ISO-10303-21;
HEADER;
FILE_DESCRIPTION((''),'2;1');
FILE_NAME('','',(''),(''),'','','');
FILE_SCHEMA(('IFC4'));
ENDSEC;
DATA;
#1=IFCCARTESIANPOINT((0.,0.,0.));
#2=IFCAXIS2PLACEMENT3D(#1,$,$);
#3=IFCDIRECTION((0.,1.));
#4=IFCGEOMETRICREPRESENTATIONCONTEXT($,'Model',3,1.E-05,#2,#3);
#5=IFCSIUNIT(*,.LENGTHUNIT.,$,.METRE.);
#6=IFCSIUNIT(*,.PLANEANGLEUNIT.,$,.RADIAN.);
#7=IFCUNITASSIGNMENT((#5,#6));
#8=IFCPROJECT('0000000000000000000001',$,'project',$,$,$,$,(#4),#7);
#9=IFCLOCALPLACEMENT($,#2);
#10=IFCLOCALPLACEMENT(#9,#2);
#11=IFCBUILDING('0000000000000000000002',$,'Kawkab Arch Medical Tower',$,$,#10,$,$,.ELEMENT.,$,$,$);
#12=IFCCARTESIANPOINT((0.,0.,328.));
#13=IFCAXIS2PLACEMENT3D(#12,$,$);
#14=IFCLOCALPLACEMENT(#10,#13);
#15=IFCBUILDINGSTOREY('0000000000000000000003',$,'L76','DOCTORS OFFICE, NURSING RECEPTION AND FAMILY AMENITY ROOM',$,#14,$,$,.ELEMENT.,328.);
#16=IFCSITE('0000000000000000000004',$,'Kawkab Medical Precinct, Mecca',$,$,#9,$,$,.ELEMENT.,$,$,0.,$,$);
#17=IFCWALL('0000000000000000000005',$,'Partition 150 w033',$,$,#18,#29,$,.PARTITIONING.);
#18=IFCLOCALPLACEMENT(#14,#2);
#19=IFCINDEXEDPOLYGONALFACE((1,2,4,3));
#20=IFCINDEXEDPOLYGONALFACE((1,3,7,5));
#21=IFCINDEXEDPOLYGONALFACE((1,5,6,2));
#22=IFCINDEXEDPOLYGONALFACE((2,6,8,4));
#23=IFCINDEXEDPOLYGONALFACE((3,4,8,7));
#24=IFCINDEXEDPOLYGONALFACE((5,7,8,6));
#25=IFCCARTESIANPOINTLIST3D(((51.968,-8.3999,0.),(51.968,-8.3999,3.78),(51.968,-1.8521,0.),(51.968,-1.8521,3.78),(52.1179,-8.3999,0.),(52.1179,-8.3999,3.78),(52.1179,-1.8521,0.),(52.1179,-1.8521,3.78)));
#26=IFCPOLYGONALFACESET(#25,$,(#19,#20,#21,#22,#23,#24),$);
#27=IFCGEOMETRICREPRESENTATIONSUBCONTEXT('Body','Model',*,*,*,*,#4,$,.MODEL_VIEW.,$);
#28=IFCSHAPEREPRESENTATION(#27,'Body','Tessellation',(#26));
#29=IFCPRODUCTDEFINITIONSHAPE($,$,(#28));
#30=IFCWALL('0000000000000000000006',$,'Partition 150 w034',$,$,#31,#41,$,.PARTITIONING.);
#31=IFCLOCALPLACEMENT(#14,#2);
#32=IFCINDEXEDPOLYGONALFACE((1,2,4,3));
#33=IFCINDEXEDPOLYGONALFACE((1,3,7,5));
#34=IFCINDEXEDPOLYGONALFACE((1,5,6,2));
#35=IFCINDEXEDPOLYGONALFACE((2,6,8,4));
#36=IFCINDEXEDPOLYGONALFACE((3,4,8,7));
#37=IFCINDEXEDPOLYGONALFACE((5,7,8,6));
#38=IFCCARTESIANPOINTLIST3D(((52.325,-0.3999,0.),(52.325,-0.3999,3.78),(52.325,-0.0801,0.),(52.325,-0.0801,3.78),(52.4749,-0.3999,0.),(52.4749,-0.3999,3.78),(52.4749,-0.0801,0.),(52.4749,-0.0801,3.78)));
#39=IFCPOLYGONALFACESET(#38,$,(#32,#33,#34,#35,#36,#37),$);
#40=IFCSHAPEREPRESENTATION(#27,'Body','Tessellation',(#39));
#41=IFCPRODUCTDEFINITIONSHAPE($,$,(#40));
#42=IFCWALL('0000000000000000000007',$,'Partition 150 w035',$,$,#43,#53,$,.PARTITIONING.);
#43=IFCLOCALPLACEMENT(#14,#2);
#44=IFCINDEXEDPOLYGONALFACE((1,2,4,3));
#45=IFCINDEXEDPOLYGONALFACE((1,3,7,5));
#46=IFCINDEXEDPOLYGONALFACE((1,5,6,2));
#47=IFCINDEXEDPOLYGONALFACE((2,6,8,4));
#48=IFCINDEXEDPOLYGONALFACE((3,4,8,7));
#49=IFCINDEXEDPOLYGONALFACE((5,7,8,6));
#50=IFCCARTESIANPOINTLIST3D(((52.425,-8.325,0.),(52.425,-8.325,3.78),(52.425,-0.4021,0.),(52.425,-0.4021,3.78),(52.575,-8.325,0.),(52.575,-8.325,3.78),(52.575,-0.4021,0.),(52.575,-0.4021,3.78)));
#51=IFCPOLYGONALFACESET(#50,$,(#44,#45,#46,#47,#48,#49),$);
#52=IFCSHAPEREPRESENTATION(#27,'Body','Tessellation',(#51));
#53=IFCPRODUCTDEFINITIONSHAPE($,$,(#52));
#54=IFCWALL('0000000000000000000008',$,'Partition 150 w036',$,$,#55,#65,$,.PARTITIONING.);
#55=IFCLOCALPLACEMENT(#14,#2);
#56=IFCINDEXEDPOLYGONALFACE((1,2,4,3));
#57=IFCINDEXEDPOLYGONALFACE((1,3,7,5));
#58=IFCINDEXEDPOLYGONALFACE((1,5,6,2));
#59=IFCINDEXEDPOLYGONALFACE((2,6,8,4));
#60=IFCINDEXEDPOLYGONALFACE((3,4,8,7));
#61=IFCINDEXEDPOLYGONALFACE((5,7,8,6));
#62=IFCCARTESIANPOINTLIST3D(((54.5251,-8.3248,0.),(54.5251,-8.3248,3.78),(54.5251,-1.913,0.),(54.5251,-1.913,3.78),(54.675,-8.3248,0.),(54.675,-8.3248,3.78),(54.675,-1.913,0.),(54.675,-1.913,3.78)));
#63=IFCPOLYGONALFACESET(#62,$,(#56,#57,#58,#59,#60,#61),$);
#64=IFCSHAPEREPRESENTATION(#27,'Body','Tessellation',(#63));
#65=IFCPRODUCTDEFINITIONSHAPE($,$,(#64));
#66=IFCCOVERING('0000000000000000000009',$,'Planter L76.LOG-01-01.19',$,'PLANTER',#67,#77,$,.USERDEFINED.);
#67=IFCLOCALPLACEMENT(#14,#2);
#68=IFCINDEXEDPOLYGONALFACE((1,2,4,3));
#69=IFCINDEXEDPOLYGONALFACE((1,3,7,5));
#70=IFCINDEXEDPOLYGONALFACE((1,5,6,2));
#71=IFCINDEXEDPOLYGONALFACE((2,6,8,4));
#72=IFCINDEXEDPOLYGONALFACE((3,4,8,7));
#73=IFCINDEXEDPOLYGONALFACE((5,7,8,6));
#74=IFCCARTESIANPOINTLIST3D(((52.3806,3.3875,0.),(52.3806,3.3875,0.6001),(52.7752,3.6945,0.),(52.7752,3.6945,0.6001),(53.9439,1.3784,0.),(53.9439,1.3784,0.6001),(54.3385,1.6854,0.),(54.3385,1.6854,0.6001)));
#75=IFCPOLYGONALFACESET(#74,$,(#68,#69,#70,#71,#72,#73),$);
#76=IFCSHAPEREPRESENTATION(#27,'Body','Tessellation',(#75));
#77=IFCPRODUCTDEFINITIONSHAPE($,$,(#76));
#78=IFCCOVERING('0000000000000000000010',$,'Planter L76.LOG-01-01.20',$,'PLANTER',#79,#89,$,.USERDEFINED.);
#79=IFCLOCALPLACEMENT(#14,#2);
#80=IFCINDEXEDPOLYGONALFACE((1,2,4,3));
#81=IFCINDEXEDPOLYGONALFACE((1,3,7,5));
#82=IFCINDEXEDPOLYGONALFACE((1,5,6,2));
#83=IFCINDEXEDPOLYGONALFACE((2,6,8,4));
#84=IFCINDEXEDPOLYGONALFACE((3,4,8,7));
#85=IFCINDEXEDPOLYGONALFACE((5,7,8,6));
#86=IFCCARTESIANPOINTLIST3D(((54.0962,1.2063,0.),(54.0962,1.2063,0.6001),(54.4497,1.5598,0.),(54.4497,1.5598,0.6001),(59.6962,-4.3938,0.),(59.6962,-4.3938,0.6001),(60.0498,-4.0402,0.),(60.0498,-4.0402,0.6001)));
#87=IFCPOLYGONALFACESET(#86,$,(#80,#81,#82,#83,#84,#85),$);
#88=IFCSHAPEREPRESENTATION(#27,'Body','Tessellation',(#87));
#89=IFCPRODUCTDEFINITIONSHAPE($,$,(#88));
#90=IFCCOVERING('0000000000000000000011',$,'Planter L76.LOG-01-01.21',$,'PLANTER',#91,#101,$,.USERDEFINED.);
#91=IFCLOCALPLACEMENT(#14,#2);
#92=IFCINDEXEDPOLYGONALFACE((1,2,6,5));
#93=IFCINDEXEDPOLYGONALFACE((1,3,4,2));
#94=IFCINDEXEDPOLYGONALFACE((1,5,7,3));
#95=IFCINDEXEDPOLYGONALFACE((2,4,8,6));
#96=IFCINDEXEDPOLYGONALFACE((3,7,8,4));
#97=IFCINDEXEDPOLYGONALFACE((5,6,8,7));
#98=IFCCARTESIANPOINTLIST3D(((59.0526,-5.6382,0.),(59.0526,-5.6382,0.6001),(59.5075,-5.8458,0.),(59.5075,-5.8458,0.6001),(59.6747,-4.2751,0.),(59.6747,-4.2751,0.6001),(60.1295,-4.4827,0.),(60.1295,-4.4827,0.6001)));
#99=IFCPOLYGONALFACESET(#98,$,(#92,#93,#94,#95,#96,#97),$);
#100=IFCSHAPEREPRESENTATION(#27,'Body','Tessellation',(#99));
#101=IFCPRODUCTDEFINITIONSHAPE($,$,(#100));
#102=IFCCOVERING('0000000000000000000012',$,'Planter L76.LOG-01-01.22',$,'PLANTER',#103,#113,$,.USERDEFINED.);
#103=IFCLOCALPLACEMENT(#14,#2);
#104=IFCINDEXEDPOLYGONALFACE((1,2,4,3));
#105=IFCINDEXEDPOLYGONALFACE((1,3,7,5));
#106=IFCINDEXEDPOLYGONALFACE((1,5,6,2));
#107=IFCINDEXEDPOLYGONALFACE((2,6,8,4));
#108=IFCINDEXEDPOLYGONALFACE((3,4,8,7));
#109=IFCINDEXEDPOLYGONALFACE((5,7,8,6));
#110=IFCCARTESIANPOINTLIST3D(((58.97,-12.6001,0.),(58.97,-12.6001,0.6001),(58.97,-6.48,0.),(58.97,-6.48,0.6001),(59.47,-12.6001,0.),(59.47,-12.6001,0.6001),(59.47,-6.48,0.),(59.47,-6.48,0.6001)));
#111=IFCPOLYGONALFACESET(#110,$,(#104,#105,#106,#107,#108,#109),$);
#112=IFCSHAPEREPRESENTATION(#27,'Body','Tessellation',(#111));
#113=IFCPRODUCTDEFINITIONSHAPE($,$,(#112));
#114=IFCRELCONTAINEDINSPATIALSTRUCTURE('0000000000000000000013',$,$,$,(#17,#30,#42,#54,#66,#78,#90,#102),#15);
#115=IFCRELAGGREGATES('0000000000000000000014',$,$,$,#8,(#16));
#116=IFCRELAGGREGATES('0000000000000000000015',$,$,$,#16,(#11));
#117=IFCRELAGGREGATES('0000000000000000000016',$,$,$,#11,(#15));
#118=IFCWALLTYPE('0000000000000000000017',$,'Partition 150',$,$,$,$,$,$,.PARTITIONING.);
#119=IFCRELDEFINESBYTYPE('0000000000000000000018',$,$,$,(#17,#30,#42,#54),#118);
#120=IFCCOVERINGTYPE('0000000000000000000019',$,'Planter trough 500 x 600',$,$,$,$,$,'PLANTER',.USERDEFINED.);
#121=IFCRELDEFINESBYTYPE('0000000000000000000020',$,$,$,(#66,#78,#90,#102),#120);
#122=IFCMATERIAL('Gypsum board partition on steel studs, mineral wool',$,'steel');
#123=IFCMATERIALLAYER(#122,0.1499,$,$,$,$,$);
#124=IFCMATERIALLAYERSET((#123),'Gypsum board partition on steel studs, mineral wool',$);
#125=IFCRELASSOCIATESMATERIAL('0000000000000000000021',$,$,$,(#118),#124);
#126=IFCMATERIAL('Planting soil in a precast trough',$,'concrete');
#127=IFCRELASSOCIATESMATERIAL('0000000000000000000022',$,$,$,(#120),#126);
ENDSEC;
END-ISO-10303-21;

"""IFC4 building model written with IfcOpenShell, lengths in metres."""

from ifc_helpers import new_model, si_unit, direction, frame, frame_2d, origin, origin_2d, place, context, subcontext, project, spatial, rectangle, extrude, material, layer, layer_set, material_profile, profile_set, type_object, element, save


model = new_model("IFC4")

# Units and contexts
model_context = context("Model", 3, precision=1e-05, world=origin(), true_north=direction((0.0, 1.0)))
body_context = subcontext(model_context, "Body", "Model", "MODEL_VIEW")
ifc_project = project(units=[si_unit("LENGTHUNIT", "METRE"), si_unit("PLANEANGLEUNIT", "RADIAN")], contexts=[model_context])

# Site, building, storey
site_placement = place(None, origin())
site = spatial("IfcSite", under=ifc_project, at=site_placement, Name="Kawkab Medical Precinct, Mecca", CompositionType="ELEMENT", RefElevation=0.0)
building_placement = place(site_placement, origin())
building = spatial("IfcBuilding", under=site, at=building_placement, Name="Kawkab Arch Medical Tower", CompositionType="ELEMENT")
storey_placement = place(building_placement, frame((0.0, 0.0, 328.0)))
storey = spatial("IfcBuildingStorey", under=building, at=storey_placement, Name="L76", Description="DOCTORS OFFICE, NURSING RECEPTION AND FAMILY AMENITY ROOM", CompositionType="ELEMENT", Elevation=328.0)

# Shared definitions
ifc_material_1 = material(Name="Gypsum board partition on steel studs, mineral wool", Category="steel")
ifc_layer_1 = layer(ifc_material_1, 0.1499)
ifc_layer_set_1 = layer_set([ifc_layer_1], Name="Gypsum board partition on steel studs, mineral wool")
wall_type = type_object("IfcWallType", Name="Partition 150", PredefinedType="PARTITIONING", material=ifc_layer_set_1)

# Walls
wall_1_placement = place(storey_placement, frame((52.043, -8.3999, 0.0), z_axis=(0.0, 0.0, 1.0), x_axis=(0.0, 1.0, 0.0)))
element("IfcWall", 1, at=wall_1_placement, inside=storey, type_object=wall_type, Name="Partition 150 w033", PredefinedType="PARTITIONING", context=body_context, shape_type="SweptSolid", body=[
    extrude(rectangle(XDim=6.5479, YDim=0.1499, at=frame_2d((3.2739, 0.0))), origin(), (0.0, 0.0, 1.0), 3.78),
])
wall_2_placement = place(storey_placement, frame((52.3999, -0.3999, 0.0), z_axis=(0.0, 0.0, 1.0), x_axis=(0.0, 1.0, 0.0)))
element("IfcWall", 2, at=wall_2_placement, inside=storey, type_object=wall_type, Name="Partition 150 w034", PredefinedType="PARTITIONING", context=body_context, shape_type="SweptSolid", body=[
    extrude(rectangle(XDim=0.3198, YDim=0.1499, at=frame_2d((0.1599, 0.0))), origin(), (0.0, 0.0, 1.0), 3.78),
])
wall_3_placement = place(storey_placement, frame((52.5, -8.325, 0.0), z_axis=(0.0, 0.0, 1.0), x_axis=(0.0, 1.0, 0.0)))
element("IfcWall", 3, at=wall_3_placement, inside=storey, type_object=wall_type, Name="Partition 150 w035", PredefinedType="PARTITIONING", context=body_context, shape_type="SweptSolid", body=[
    extrude(rectangle(XDim=7.9229, YDim=0.1499, at=frame_2d((3.9614, 0.0))), origin(), (0.0, 0.0, 1.0), 3.78),
])
wall_4_placement = place(storey_placement, frame((54.6001, -8.325, 0.0), z_axis=(0.0, 0.0, 1.0), x_axis=(0.0, 1.0, 0.0)))
element("IfcWall", 4, at=wall_4_placement, inside=storey, type_object=wall_type, Name="Partition 150 w036", PredefinedType="PARTITIONING", context=body_context, shape_type="SweptSolid", body=[
    extrude(rectangle(XDim=6.4119, YDim=0.1499, at=frame_2d((3.2061, 0.0))), origin(), (0.0, 0.0, 1.0), 3.78),
])

# Coverings
ifc_material_2 = material(Name="Planting soil in a precast trough", Category="concrete")
ifc_material_profile_1 = material_profile(ifc_material_2, rectangle(XDim=0.5, YDim=0.6001, at=origin_2d()), Name="Trough 500x600")
ifc_profile_set_1 = profile_set([ifc_material_profile_1], Name="Planting soil in a precast trough")
covering_type = type_object("IfcCoveringType", Name="Planter trough 500 x 600", ElementType="PLANTER", PredefinedType="USERDEFINED", material=ifc_profile_set_1)
covering_1_placement = place(storey_placement, frame((52.5779, 3.541, 0.3), z_axis=(0.6141, -0.789228, 0.0), x_axis=(0.789228, 0.6141, 0.0)))
element("IfcCovering", 5, at=covering_1_placement, inside=storey, type_object=covering_type, Name="Planter L76.LOG-01-01.19", ObjectType="PLANTER", PredefinedType="USERDEFINED", context=body_context, shape_type="SweptSolid", body=[
    extrude(rectangle(XDim=0.5, YDim=0.6001, at=origin_2d()), origin(), (0.0, 0.0, 1.0), 2.5457),
])
covering_2_placement = place(storey_placement, frame((54.2729, 1.3831, 0.3), z_axis=(0.707107, -0.707107, 0.0), x_axis=(0.707107, 0.707107, 0.0)))
element("IfcCovering", 6, at=covering_2_placement, inside=storey, type_object=covering_type, Name="Planter L76.LOG-01-01.20", ObjectType="PLANTER", PredefinedType="USERDEFINED", context=body_context, shape_type="SweptSolid", body=[
    extrude(rectangle(XDim=0.5, YDim=0.6001, at=origin_2d()), origin(), (0.0, 0.0, 1.0), 7.9197),
])
covering_3_placement = place(storey_placement, frame((59.9021, -4.3789, 0.3), z_axis=(-0.41519, -0.909735, 0.0), x_axis=(0.909735, -0.41519, 0.0)))
element("IfcCovering", 7, at=covering_3_placement, inside=storey, type_object=covering_type, Name="Planter L76.LOG-01-01.21", ObjectType="PLANTER", PredefinedType="USERDEFINED", context=body_context, shape_type="SweptSolid", body=[
    extrude(rectangle(XDim=0.5, YDim=0.6001, at=origin_2d()), origin(), (0.0, 0.0, 1.0), 1.4983),
])
covering_4_placement = place(storey_placement, frame((59.22, -6.48, 0.3), z_axis=(0.0, -1.0, 0.0), x_axis=(1.0, 0.0, 0.0)))
element("IfcCovering", 8, at=covering_4_placement, inside=storey, type_object=covering_type, Name="Planter L76.LOG-01-01.22", ObjectType="PLANTER", PredefinedType="USERDEFINED", context=body_context, shape_type="SweptSolid", body=[
    extrude(rectangle(XDim=0.5, YDim=0.6001, at=origin_2d()), origin(), (0.0, 0.0, 1.0), 6.1201),
])

save(model, "model.ifc")
